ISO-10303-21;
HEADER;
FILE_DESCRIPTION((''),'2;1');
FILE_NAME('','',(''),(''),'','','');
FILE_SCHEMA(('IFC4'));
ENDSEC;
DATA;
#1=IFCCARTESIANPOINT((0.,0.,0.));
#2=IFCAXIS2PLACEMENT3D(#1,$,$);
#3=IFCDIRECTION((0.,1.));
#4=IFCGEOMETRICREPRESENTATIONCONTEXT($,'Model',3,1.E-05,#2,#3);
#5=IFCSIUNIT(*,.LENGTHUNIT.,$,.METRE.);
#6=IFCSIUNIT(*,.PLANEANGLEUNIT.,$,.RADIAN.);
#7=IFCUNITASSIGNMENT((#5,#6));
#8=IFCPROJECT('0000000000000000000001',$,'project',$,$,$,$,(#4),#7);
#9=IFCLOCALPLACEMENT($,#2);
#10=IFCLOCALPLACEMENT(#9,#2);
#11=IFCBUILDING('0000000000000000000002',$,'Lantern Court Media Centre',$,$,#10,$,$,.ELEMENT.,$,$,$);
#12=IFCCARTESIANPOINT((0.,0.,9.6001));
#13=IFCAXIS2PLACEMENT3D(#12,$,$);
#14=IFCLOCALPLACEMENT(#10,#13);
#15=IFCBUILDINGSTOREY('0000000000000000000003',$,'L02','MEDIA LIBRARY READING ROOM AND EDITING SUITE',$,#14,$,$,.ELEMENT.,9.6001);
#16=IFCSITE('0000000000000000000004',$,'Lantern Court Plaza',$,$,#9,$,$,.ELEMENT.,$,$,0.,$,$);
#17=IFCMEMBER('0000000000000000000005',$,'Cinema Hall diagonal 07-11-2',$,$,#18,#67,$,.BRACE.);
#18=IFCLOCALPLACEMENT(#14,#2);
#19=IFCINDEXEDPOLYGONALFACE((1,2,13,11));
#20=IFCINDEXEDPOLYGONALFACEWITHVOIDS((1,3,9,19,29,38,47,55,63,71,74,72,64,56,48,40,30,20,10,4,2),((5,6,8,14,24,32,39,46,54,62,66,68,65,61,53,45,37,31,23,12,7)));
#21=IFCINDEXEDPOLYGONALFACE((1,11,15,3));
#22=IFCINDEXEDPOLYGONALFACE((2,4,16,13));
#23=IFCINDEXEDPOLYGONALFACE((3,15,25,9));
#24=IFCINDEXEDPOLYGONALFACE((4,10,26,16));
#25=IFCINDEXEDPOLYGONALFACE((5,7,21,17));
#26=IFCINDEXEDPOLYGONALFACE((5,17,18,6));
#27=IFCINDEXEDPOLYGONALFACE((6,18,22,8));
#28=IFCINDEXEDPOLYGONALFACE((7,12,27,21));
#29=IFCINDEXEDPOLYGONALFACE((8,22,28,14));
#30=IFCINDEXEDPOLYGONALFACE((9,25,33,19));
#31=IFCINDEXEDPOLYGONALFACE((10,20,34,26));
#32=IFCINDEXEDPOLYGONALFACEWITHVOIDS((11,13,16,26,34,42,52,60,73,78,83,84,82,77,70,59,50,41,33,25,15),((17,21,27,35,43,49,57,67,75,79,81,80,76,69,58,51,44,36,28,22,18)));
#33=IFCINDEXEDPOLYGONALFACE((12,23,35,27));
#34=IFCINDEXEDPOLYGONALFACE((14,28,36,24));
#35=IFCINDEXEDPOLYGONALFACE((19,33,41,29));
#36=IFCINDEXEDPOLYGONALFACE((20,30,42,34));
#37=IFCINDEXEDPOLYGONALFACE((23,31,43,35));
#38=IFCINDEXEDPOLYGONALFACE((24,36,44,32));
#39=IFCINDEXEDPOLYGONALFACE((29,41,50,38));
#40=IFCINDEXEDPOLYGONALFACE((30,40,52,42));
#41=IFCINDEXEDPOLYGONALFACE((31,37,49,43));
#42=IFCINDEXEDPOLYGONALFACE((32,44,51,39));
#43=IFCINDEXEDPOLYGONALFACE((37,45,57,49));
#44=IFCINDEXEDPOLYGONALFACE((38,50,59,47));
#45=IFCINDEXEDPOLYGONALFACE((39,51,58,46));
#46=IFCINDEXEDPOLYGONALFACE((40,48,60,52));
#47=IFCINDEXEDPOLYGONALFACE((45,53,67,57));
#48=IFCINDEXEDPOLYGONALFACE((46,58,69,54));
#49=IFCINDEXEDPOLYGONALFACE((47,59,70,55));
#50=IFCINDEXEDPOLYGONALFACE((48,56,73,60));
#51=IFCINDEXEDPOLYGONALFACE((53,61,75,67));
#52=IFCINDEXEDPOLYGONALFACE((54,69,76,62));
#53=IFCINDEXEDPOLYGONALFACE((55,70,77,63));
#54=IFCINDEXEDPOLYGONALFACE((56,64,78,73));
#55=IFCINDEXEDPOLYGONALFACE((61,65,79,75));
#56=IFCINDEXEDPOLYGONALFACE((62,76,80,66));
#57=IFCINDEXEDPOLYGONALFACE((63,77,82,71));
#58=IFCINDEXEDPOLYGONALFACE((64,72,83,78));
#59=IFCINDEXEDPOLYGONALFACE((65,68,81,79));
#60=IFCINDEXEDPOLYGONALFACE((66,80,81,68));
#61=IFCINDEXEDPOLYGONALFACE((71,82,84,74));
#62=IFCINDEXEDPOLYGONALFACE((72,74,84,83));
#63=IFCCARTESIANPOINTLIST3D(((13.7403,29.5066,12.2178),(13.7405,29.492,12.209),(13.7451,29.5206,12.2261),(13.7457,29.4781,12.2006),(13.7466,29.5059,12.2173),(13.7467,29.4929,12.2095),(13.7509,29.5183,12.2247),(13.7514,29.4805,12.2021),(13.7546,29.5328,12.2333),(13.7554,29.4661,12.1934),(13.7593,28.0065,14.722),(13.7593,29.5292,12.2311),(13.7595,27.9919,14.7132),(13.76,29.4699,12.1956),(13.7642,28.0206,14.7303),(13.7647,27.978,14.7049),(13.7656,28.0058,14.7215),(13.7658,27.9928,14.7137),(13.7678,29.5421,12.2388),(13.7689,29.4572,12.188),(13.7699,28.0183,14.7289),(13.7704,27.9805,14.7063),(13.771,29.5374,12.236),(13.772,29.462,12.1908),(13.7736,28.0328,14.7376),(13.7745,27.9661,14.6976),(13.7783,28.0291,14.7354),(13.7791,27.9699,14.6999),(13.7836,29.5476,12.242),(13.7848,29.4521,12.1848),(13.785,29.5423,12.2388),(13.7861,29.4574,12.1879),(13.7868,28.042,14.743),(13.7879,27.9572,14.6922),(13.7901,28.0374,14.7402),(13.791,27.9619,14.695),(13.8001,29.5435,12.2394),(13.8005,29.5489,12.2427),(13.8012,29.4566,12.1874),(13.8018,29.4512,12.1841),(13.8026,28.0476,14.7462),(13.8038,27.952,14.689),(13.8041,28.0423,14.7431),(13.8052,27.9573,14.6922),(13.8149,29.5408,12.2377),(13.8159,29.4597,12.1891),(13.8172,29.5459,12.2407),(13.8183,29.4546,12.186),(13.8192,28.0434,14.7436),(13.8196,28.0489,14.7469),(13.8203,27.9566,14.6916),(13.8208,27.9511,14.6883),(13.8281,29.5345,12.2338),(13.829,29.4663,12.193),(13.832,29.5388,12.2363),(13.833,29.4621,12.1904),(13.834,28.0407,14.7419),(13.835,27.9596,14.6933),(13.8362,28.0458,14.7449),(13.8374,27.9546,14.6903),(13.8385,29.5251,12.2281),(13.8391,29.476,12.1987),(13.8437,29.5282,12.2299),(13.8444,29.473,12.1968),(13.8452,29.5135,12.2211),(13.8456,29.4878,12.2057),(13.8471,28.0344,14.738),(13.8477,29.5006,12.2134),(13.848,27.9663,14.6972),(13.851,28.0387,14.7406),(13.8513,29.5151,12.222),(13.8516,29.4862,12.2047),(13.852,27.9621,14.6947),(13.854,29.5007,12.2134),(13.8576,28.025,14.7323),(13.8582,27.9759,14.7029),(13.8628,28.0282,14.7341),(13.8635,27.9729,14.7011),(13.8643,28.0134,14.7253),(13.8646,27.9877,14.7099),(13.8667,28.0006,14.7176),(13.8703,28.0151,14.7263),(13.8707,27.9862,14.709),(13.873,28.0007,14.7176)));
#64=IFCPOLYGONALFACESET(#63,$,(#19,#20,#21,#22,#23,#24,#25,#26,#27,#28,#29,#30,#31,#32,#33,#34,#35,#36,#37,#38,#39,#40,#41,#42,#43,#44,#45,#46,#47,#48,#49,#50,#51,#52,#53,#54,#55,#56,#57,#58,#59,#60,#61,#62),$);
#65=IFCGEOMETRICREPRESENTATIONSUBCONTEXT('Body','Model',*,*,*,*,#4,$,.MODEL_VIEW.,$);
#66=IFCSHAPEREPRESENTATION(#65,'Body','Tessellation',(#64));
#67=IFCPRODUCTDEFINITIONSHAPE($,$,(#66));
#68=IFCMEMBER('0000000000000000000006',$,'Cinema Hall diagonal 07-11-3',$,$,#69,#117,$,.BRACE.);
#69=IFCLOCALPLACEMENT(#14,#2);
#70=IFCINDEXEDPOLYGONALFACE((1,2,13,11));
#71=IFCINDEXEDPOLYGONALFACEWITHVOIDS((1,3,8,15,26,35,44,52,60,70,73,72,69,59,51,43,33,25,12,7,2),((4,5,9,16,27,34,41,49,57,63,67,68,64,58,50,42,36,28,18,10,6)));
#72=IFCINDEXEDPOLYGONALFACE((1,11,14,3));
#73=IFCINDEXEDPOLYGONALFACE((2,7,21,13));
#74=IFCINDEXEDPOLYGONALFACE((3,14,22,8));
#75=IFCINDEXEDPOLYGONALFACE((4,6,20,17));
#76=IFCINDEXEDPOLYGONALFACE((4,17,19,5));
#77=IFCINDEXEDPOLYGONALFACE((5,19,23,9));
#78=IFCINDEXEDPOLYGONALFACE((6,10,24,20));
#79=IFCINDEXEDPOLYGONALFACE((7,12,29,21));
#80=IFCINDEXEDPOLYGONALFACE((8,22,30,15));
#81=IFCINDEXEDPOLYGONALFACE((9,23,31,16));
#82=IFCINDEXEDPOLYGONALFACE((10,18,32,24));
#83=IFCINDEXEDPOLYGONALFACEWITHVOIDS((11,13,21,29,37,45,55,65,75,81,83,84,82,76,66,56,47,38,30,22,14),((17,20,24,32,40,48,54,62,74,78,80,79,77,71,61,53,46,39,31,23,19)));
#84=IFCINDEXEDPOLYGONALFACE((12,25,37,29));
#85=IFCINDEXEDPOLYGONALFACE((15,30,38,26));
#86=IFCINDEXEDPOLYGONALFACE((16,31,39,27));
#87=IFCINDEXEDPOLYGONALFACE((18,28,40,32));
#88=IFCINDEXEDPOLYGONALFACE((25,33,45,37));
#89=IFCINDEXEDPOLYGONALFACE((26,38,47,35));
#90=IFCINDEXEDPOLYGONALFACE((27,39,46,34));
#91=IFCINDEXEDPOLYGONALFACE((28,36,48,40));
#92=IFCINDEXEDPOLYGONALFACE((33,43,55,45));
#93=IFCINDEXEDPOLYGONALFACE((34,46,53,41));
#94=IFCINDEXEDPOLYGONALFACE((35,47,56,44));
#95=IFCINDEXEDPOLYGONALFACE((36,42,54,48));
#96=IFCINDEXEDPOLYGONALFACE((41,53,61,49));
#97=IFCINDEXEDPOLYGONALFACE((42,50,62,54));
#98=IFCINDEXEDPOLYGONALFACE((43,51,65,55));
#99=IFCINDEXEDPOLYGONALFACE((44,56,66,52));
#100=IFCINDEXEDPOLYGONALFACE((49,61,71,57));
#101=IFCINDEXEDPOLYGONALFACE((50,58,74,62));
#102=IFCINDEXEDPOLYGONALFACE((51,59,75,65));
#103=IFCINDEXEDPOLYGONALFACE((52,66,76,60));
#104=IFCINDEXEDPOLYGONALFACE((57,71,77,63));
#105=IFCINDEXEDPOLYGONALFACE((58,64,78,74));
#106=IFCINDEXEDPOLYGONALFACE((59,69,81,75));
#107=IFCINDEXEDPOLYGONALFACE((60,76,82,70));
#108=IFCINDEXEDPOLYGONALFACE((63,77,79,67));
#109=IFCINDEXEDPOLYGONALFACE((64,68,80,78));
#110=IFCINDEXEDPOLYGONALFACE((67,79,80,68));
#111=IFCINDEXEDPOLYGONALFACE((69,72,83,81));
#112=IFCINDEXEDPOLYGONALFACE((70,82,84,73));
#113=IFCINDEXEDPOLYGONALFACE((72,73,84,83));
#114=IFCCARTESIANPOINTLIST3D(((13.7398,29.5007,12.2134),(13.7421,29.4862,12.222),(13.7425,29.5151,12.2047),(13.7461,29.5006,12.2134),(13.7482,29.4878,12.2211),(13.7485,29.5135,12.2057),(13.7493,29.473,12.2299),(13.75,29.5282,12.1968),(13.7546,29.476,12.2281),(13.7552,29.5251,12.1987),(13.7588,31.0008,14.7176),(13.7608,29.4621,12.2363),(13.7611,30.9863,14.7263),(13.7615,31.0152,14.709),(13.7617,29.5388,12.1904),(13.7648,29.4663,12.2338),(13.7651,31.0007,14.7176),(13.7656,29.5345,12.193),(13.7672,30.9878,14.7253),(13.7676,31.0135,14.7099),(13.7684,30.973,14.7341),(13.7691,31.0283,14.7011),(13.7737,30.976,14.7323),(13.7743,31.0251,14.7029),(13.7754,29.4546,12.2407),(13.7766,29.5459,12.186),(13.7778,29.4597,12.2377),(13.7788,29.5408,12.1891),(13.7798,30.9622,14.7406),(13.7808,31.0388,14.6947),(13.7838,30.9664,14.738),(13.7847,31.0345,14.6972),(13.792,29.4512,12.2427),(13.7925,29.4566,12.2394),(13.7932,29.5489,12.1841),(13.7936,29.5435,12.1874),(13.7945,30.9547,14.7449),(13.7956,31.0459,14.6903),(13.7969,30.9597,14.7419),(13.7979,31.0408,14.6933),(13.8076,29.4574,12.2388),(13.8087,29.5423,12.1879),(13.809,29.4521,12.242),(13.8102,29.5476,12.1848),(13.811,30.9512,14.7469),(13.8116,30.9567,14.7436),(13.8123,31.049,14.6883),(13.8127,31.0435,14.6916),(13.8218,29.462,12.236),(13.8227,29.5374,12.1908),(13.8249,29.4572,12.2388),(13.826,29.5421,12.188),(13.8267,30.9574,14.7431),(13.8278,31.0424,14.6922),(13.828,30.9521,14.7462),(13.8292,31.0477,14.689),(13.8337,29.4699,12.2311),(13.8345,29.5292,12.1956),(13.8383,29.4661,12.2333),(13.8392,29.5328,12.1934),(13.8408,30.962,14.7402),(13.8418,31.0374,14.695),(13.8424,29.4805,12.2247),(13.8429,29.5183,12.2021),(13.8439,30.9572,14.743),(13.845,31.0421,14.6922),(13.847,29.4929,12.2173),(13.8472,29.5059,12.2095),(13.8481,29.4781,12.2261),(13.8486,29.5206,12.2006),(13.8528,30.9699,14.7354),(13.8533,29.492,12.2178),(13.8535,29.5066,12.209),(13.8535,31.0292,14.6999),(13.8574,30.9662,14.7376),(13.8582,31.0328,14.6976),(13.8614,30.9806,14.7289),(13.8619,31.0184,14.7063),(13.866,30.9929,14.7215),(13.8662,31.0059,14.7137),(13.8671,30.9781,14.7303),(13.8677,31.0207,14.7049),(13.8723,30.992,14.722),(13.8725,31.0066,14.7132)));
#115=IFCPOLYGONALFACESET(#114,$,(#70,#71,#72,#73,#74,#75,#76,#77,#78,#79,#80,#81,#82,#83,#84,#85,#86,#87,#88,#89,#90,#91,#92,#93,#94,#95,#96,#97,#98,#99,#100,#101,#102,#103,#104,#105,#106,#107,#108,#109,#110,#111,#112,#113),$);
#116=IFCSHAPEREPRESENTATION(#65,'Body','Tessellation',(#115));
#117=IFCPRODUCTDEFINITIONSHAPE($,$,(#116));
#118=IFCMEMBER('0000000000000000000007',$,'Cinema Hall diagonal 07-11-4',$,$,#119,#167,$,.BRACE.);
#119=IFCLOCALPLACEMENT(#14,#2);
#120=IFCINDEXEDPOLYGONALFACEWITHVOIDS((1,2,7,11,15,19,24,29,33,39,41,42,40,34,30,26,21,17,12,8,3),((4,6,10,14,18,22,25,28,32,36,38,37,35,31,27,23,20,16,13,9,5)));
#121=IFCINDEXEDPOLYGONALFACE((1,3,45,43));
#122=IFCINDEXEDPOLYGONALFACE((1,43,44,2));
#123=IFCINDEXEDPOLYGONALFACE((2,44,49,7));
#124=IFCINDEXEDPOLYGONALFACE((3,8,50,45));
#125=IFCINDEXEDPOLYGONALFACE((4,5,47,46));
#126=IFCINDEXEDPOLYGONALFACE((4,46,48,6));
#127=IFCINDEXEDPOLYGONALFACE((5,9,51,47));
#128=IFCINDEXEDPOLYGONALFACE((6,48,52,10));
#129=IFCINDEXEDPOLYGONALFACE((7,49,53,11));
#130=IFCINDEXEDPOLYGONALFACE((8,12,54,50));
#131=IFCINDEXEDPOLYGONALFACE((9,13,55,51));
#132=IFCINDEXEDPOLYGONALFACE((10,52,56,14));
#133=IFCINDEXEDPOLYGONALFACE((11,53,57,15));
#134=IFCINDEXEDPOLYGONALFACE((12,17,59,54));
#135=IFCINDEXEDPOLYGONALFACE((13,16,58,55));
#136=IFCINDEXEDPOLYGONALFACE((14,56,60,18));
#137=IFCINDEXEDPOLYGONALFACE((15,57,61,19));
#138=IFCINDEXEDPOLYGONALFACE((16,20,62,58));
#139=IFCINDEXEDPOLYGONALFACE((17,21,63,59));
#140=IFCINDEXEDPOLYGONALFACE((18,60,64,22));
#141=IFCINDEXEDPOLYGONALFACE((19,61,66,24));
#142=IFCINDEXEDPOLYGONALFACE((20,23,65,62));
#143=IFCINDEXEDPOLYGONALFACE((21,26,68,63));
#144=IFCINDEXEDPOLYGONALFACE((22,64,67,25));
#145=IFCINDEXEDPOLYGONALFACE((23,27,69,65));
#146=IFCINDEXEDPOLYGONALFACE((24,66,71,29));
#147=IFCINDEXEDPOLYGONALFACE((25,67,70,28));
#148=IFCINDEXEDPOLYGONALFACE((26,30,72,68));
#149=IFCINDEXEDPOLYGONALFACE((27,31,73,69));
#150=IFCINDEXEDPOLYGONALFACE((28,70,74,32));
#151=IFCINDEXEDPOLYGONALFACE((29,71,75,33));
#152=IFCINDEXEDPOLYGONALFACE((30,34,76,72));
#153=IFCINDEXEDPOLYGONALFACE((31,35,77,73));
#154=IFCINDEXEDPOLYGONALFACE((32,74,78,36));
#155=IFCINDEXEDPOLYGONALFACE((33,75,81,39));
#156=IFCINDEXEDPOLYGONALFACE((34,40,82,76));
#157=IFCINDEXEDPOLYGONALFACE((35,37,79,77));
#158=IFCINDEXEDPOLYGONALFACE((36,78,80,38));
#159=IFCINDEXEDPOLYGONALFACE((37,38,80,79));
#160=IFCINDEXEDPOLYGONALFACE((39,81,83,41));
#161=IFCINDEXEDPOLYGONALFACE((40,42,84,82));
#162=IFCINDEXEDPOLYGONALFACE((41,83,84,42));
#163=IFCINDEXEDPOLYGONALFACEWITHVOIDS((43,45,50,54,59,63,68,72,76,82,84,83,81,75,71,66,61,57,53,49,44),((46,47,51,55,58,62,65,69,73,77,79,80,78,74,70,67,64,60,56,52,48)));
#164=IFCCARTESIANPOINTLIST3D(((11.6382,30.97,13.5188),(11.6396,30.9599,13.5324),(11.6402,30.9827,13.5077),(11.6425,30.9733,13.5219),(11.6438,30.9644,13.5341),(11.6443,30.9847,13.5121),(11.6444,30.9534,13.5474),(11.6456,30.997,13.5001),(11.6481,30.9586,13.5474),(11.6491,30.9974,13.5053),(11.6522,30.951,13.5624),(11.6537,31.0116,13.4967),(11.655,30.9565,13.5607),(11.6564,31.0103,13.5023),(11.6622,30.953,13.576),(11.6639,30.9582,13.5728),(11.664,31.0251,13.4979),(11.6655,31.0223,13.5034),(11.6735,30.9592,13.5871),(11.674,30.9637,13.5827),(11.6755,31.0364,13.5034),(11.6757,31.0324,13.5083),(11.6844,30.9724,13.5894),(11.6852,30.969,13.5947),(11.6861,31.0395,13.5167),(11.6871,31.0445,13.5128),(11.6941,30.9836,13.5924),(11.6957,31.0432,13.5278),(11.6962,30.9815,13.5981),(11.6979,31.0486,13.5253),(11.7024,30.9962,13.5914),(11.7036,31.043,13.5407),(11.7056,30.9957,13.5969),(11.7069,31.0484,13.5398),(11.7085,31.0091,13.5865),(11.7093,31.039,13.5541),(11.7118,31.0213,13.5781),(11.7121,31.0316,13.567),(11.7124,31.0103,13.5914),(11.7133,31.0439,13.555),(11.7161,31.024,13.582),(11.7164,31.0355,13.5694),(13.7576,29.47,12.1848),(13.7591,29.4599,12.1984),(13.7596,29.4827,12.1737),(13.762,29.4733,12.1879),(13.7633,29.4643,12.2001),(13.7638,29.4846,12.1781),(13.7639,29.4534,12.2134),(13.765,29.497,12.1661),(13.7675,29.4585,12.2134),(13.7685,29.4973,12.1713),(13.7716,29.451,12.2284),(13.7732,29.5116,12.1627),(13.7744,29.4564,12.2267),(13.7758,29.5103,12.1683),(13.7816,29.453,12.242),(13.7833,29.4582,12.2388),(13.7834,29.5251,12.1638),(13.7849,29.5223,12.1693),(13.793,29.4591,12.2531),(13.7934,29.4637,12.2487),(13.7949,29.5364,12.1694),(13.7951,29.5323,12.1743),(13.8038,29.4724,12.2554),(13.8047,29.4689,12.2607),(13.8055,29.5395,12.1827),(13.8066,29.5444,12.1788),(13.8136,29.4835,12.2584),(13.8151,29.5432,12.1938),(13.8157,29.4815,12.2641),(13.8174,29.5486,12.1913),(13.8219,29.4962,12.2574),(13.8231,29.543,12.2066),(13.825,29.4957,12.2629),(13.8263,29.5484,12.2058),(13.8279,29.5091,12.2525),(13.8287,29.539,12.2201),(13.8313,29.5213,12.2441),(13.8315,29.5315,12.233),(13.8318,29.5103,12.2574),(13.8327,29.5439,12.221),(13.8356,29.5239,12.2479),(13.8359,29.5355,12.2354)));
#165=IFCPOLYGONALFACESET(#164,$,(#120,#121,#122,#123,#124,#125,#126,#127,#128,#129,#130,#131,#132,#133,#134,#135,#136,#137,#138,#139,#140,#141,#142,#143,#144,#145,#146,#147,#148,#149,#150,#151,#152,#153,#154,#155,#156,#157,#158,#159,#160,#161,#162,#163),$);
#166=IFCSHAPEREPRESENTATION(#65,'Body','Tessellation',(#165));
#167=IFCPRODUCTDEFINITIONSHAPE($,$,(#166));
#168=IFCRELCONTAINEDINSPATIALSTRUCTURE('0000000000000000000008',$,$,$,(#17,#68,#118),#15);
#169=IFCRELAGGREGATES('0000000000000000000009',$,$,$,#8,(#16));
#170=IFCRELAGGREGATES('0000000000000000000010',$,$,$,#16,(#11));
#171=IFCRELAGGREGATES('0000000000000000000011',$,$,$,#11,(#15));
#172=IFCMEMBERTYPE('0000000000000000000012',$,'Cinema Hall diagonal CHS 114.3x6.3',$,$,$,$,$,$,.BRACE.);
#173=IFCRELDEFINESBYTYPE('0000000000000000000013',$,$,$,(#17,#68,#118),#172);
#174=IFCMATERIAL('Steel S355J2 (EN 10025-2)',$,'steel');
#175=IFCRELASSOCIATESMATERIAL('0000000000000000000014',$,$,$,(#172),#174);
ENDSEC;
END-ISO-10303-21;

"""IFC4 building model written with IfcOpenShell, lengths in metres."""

from ifc_helpers import new_model, si_unit, direction, frame, origin, origin_2d, place, context, subcontext, project, spatial, hollow_circle, extrude, material, material_profile, profile_set, type_object, element, save


model = new_model("IFC4")

# Units and contexts
model_context = context("Model", 3, precision=1e-05, world=origin(), true_north=direction((0.0, 1.0)))
body_context = subcontext(model_context, "Body", "Model", "MODEL_VIEW")
ifc_project = project(units=[si_unit("LENGTHUNIT", "METRE"), si_unit("PLANEANGLEUNIT", "RADIAN")], contexts=[model_context])

# Site, building, storey
site_placement = place(None, origin())
site = spatial("IfcSite", under=ifc_project, at=site_placement, Name="Lantern Court Plaza", CompositionType="ELEMENT", RefElevation=0.0)
building_placement = place(site_placement, origin())
building = spatial("IfcBuilding", under=site, at=building_placement, Name="Lantern Court Media Centre", CompositionType="ELEMENT")
storey_placement = place(building_placement, frame((0.0, 0.0, 9.6001)))
storey = spatial("IfcBuildingStorey", under=building, at=storey_placement, Name="L02", Description="MEDIA LIBRARY READING ROOM AND EDITING SUITE", CompositionType="ELEMENT", Elevation=9.6001)

# Members
ifc_material = material(Name="Steel S355J2 (EN 10025-2)", Category="steel")
ifc_material_profile_1 = material_profile(ifc_material, hollow_circle(Radius=0.0571, WallThickness=0.0063, at=origin_2d()), Name="Cinema Hall diagonal CHS 114.3x6.3")
ifc_profile_set_1 = profile_set([ifc_material_profile_1], Name="Steel S355J2 (EN 10025-2)")
member_type_1 = type_object("IfcMemberType", Name="Cinema Hall diagonal CHS 114.3x6.3", PredefinedType="BRACE", material=ifc_profile_set_1)
for number, where, z_axis, x_axis, name in (
    (1, (13.7969, 29.5, 12.2134), (0.006524, -0.513857, 0.857851), (0.999919, 0.012694, 0.0), "Cinema Hall diagonal 07-11-2"),
    (2, (13.7969, 29.5, 12.2134), (0.006524, 0.513857, 0.857851), (-0.999919, 0.012694, 0.0), "Cinema Hall diagonal 07-11-3"),
    (3, (13.7969, 29.5, 12.2134), (-0.726034, 0.513852, 0.45698), (-0.577702, -0.816248, 0.0), "Cinema Hall diagonal 07-11-4"),
):
    element("IfcMember", number, at=place(storey_placement, frame(where, z_axis=z_axis, x_axis=x_axis)), inside=storey, type_object=member_type_1, Name=name, PredefinedType="BRACE", context=body_context, shape_type="SweptSolid", body=[
        extrude(hollow_circle(Radius=0.0571, WallThickness=0.0063, at=origin_2d()), origin(), (0.0, 0.0, 1.0), 2.9192),
    ])

save(model, "model.ifc")
